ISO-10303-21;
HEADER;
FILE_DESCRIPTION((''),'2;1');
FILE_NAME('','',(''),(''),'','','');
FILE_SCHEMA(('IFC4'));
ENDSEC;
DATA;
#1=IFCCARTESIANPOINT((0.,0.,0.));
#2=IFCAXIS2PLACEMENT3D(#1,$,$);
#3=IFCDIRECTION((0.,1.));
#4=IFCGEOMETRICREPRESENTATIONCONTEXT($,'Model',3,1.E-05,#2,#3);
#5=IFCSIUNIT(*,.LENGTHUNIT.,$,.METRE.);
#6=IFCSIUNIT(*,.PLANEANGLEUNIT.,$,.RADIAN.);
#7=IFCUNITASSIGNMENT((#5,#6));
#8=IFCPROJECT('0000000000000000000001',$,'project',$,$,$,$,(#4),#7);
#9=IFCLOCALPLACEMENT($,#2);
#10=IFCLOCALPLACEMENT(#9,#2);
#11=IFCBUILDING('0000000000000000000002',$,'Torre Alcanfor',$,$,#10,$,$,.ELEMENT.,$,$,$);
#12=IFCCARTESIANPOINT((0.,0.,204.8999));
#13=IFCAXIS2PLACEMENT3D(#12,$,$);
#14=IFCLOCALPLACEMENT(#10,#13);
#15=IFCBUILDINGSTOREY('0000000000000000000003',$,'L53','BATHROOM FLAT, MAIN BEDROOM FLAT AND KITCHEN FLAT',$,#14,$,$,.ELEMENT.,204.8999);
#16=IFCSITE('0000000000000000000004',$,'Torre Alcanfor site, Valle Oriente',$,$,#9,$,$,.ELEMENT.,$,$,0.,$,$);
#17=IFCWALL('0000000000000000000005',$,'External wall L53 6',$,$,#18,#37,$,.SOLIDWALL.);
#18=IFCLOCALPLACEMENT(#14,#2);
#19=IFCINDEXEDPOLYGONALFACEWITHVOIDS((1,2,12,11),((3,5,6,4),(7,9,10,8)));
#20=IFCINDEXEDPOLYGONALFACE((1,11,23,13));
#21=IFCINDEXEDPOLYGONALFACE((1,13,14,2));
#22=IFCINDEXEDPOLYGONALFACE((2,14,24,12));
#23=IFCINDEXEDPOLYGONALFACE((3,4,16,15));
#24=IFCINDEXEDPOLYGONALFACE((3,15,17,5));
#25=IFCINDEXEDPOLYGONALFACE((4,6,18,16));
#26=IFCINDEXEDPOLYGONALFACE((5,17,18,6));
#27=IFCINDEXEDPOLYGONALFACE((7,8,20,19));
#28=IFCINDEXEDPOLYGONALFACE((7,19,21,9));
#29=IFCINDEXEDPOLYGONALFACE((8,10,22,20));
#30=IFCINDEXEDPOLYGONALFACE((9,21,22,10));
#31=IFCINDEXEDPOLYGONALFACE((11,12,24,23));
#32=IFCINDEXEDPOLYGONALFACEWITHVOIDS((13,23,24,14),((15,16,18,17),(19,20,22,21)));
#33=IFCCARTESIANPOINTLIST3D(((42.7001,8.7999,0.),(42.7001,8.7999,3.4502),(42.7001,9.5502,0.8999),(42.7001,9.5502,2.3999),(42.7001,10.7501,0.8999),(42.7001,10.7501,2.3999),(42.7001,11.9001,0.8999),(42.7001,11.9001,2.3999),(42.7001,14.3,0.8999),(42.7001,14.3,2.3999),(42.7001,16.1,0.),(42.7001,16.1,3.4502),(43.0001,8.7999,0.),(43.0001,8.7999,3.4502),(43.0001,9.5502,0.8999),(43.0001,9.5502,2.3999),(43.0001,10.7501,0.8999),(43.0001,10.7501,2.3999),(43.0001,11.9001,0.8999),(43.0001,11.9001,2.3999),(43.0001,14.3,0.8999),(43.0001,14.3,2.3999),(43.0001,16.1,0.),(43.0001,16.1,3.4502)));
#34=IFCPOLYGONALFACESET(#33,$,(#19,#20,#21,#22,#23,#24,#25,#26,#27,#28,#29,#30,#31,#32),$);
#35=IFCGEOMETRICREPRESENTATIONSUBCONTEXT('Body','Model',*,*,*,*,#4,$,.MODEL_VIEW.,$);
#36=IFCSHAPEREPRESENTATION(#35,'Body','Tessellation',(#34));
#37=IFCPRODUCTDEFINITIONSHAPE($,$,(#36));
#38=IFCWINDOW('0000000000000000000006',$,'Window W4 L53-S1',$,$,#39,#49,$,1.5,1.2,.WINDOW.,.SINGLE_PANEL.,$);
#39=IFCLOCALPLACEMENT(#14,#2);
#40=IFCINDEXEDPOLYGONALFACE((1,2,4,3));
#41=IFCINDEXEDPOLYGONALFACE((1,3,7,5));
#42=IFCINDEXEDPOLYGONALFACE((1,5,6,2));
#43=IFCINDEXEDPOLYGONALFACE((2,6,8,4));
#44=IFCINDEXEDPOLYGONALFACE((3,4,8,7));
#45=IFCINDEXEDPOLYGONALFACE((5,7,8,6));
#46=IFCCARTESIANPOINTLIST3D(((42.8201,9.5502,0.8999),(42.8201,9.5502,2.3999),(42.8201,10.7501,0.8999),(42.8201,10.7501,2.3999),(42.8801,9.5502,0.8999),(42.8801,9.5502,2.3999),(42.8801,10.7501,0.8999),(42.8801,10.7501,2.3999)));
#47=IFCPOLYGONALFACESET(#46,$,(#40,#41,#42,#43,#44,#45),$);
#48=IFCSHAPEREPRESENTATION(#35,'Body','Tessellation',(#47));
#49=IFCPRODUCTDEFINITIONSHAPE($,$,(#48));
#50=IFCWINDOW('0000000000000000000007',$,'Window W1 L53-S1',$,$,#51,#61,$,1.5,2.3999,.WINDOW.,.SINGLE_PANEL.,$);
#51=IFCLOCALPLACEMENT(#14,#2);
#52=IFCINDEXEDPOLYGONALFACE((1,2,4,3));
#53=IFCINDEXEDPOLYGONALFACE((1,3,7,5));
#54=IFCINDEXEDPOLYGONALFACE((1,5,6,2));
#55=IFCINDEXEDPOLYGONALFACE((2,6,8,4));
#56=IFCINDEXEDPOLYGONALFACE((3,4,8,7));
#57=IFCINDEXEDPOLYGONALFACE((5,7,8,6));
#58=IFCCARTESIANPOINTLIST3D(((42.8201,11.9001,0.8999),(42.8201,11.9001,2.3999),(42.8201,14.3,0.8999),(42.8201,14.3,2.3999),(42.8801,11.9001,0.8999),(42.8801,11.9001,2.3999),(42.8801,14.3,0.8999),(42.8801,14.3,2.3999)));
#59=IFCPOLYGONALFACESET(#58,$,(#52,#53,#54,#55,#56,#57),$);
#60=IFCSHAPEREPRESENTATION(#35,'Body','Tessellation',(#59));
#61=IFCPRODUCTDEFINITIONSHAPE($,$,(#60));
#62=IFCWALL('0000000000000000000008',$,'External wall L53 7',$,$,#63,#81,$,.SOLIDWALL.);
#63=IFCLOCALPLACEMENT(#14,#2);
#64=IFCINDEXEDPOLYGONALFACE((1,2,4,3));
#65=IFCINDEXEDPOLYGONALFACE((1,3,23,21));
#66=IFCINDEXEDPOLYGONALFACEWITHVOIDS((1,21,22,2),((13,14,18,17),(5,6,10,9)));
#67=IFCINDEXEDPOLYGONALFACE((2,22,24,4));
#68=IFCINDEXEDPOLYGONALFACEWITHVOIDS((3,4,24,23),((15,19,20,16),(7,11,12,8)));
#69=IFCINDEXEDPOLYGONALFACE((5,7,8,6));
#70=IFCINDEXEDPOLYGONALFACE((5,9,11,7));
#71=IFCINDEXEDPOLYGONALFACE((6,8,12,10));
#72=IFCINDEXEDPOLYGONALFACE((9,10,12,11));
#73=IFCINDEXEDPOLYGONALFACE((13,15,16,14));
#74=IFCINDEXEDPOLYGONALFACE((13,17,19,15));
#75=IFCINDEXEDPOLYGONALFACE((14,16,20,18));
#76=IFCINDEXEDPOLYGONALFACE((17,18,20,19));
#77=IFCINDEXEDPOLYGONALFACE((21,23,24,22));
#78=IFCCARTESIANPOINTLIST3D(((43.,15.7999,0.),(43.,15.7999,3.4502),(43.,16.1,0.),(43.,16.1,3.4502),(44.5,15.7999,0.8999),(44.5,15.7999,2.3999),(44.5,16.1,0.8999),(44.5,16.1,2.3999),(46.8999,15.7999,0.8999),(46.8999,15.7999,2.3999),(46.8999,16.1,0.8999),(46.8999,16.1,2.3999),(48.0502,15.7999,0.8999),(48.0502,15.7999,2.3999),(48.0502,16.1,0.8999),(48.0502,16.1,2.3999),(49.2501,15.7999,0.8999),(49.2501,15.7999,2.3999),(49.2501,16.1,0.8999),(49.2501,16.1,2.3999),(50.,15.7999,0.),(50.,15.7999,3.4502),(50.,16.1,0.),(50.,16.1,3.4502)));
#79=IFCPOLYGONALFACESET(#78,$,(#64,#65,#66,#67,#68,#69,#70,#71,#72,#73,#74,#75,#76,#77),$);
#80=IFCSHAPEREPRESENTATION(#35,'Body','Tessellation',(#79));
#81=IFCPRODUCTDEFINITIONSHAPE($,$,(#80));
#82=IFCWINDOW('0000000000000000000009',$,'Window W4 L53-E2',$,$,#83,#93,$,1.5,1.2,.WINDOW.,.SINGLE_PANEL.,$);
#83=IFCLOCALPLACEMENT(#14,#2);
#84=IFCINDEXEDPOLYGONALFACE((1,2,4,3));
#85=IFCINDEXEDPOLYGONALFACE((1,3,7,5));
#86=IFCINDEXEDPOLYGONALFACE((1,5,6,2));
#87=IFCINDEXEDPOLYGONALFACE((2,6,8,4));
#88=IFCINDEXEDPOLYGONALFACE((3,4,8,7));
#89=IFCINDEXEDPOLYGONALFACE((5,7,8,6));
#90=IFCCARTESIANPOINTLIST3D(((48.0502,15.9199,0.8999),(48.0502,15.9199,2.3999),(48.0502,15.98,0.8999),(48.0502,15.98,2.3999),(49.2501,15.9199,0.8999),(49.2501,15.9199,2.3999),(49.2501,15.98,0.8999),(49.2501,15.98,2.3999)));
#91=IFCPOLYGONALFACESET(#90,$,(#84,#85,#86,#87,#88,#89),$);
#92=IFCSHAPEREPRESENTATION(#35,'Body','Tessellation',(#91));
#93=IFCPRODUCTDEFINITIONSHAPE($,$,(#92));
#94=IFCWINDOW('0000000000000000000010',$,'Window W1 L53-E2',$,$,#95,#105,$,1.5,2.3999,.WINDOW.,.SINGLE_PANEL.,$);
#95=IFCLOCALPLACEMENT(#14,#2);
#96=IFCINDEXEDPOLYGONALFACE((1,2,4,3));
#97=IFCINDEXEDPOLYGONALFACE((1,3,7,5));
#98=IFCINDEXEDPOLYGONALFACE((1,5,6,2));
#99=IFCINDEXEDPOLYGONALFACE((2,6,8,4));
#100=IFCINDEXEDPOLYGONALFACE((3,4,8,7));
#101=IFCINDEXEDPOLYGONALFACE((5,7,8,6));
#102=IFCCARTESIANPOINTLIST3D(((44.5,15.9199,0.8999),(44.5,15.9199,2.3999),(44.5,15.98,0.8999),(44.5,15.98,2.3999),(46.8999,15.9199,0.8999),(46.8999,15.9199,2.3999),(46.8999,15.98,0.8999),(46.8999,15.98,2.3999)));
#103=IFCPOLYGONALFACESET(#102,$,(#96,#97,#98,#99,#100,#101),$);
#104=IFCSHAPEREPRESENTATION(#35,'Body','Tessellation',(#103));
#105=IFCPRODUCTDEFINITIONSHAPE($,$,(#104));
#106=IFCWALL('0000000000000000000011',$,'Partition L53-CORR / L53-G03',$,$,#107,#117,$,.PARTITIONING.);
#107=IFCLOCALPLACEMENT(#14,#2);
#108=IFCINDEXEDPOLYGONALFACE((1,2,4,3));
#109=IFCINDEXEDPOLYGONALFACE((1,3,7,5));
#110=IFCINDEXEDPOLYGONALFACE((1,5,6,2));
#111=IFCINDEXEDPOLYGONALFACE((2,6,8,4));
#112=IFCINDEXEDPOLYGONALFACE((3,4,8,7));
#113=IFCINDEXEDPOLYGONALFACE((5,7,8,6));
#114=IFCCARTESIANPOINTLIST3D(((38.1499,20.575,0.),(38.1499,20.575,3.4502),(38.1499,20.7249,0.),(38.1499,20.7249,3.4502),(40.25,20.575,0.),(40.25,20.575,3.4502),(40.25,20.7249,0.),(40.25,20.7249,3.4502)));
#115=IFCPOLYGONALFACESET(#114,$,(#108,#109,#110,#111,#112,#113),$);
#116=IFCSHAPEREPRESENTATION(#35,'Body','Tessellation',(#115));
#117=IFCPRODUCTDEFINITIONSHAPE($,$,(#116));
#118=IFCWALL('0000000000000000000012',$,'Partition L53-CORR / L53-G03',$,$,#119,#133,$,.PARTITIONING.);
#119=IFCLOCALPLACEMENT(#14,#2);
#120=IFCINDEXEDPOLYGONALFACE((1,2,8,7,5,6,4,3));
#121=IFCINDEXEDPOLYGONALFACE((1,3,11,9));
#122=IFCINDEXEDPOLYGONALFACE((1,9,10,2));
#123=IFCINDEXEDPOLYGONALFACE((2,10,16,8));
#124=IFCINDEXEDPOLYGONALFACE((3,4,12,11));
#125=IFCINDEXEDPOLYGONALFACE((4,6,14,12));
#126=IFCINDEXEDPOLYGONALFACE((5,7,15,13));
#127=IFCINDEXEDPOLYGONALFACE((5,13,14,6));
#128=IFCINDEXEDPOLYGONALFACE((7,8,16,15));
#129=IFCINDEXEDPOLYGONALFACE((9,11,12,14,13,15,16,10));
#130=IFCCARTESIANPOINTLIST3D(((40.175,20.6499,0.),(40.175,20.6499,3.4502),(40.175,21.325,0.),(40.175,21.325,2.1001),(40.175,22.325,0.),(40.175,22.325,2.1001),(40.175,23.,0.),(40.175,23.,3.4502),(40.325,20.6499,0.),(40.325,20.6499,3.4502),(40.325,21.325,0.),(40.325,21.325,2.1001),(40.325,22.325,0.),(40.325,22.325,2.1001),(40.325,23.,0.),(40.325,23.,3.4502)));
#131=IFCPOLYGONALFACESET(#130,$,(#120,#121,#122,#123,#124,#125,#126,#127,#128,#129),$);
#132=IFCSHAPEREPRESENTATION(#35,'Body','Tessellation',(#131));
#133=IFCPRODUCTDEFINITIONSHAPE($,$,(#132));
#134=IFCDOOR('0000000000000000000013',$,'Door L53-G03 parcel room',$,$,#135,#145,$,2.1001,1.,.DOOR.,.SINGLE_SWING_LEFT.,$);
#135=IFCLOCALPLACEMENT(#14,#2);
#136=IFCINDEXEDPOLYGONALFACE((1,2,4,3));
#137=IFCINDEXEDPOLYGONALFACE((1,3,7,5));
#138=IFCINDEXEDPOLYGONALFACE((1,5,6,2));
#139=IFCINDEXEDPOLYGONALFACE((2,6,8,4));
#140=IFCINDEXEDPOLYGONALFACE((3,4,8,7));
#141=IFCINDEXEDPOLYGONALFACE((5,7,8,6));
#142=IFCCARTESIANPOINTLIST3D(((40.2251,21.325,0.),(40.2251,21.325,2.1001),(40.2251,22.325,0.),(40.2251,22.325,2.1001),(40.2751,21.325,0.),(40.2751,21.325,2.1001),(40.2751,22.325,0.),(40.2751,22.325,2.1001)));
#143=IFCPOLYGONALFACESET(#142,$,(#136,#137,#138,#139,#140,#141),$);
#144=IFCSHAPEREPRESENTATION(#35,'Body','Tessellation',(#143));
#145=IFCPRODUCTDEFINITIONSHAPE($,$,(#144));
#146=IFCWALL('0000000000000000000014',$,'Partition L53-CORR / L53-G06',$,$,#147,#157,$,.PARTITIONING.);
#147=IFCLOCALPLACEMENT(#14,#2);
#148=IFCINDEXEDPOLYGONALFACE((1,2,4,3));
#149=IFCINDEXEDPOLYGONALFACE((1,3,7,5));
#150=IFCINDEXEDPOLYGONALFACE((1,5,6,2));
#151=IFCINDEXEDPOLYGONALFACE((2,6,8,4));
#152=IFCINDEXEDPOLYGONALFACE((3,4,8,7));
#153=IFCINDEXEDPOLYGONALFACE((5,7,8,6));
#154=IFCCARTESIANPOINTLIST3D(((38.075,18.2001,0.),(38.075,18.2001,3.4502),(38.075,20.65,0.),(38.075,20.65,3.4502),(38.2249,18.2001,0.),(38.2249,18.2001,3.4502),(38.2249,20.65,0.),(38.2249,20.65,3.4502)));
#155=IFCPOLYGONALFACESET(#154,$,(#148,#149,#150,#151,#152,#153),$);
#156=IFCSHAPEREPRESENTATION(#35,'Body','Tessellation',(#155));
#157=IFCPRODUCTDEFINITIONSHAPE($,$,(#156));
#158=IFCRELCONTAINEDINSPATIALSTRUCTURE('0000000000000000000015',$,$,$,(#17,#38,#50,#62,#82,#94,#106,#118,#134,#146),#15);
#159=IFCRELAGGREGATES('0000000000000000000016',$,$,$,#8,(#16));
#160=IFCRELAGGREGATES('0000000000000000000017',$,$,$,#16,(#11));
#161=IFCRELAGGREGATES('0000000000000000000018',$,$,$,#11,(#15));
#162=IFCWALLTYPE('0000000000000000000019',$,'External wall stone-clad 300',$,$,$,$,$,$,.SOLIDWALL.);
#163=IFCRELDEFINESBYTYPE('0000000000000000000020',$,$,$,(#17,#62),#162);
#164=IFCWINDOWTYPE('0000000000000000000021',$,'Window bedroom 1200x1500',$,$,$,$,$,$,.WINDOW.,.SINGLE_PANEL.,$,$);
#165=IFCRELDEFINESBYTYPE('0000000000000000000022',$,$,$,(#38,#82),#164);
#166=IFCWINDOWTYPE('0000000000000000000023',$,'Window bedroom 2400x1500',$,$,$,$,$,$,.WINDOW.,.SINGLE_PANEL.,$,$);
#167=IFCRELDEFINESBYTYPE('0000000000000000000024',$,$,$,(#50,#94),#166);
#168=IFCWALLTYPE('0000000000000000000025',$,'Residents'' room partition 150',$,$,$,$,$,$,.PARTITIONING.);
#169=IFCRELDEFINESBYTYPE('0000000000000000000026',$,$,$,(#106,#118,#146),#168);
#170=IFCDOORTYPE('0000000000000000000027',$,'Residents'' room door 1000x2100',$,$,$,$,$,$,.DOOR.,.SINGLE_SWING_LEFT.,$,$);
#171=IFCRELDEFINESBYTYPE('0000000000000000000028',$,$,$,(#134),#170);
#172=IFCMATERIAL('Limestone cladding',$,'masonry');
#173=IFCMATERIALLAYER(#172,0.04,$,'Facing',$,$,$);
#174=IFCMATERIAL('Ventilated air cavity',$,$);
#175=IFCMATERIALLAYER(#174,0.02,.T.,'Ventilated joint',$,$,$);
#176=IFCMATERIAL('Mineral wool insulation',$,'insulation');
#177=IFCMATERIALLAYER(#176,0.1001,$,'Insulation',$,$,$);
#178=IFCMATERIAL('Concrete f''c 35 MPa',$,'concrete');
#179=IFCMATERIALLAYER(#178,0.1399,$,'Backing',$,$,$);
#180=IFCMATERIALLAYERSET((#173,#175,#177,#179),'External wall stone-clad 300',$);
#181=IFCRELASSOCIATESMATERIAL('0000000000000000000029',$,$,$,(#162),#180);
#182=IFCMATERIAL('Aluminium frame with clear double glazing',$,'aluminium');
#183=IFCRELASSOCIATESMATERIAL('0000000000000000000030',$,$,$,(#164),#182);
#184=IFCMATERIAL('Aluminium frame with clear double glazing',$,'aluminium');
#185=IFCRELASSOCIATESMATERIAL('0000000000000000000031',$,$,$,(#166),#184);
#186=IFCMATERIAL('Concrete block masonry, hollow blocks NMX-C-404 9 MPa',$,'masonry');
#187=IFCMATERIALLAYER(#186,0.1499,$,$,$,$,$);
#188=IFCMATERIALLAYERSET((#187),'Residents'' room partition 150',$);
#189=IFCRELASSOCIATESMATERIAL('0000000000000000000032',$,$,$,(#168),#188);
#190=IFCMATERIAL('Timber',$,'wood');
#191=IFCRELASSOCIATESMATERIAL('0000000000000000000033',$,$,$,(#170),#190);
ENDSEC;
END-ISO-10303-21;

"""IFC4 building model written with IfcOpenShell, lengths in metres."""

from ifc_helpers import new_model, si_unit, direction, frame, frame_2d, origin, place, context, subcontext, project, spatial, rectangle, extrude, material, layer, layer_set, type_object, element, fill, save


model = new_model("IFC4")

# Units and contexts
model_context = context("Model", 3, precision=1e-05, world=origin(), true_north=direction((0.0, 1.0)))
body_context = subcontext(model_context, "Body", "Model", "MODEL_VIEW")
ifc_project = project(units=[si_unit("LENGTHUNIT", "METRE"), si_unit("PLANEANGLEUNIT", "RADIAN")], contexts=[model_context])

# Site, building, storey
site_placement = place(None, origin())
site = spatial("IfcSite", under=ifc_project, at=site_placement, Name="Torre Alcanfor site, Valle Oriente", CompositionType="ELEMENT", RefElevation=0.0)
building_placement = place(site_placement, origin())
building = spatial("IfcBuilding", under=site, at=building_placement, Name="Torre Alcanfor", CompositionType="ELEMENT")
storey_placement = place(building_placement, frame((0.0, 0.0, 204.8999)))
storey = spatial("IfcBuildingStorey", under=building, at=storey_placement, Name="L53", Description="BATHROOM FLAT, MAIN BEDROOM FLAT AND KITCHEN FLAT", CompositionType="ELEMENT", Elevation=204.8999)

# Walls, openings, windows
ifc_material_1 = material(Name="Limestone cladding", Category="masonry")
ifc_layer_1 = layer(ifc_material_1, 0.04, Name="Facing")
ifc_material_2 = material(Name="Ventilated air cavity")
ifc_layer_2 = layer(ifc_material_2, 0.02, ventilated=True, Name="Ventilated joint")
ifc_material_3 = material(Name="Mineral wool insulation", Category="insulation")
ifc_layer_3 = layer(ifc_material_3, 0.1001, Name="Insulation")
ifc_material_4 = material(Name="Concrete f'c 35 MPa", Category="concrete")
ifc_layer_4 = layer(ifc_material_4, 0.1399, Name="Backing")
ifc_layer_set_1 = layer_set([ifc_layer_1, ifc_layer_2, ifc_layer_3, ifc_layer_4], Name="External wall stone-clad 300")
wall_type_1 = type_object("IfcWallType", Name="External wall stone-clad 300", PredefinedType="SOLIDWALL", material=ifc_layer_set_1)
wall_1_placement = place(storey_placement, frame((42.8501, 8.8, 0.0), z_axis=(0.0, 0.0, 1.0), x_axis=(0.0, 1.0, 0.0)))
wall_1 = element("IfcWall", 1, at=wall_1_placement, inside=storey, type_object=wall_type_1, Name="External wall L53 6", PredefinedType="SOLIDWALL", context=body_context, shape_type="SweptSolid", body=[
    extrude(rectangle(XDim=7.3, YDim=0.3, at=frame_2d((3.6499, 0.0))), origin(), (0.0, 0.0, 1.0), 3.4502),
])
opening_1_placement = place(wall_1_placement, frame((3.1001, 0.0, 0.8999)))
opening_1 = element("IfcOpeningElement", 2, at=opening_1_placement, cuts=wall_1, PredefinedType="OPENING", context=body_context, shape_type="SweptSolid", body=[
    extrude(rectangle(XDim=2.3999, YDim=1.5, at=frame_2d((1.2, 0.75))), frame((0.0, 0.1599, 0.0), z_axis=(0.0, -1.0, 0.0), x_axis=(1.0, 0.0, 0.0)), (0.0, 0.0, 1.0), 0.3201),
])
opening_2_placement = place(wall_1_placement, frame((0.75, 0.0, 0.8999)))
opening_2 = element("IfcOpeningElement", 3, at=opening_2_placement, cuts=wall_1, PredefinedType="OPENING", context=body_context, shape_type="SweptSolid", body=[
    extrude(rectangle(XDim=1.2, YDim=1.5, at=frame_2d((0.6001, 0.75))), frame((0.0, 0.1599, 0.0), z_axis=(0.0, -1.0, 0.0), x_axis=(1.0, 0.0, 0.0)), (0.0, 0.0, 1.0), 0.3201),
])
ifc_material_5 = material(Name="Aluminium frame with clear double glazing", Category="aluminium")
window_type_1 = type_object("IfcWindowType", Name="Window bedroom 1200x1500", PartitioningType="SINGLE_PANEL", PredefinedType="WINDOW", material=ifc_material_5)
window_1_placement = place(opening_2_placement, origin())
window_1 = element("IfcWindow", 4, at=window_1_placement, inside=storey, type_object=window_type_1, Name="Window W4 L53-S1", OverallHeight=1.5, OverallWidth=1.2, PartitioningType="SINGLE_PANEL", PredefinedType="WINDOW", context=body_context, shape_type="SweptSolid", body=[
    extrude(rectangle(XDim=1.2, YDim=1.5, at=frame_2d((0.6001, 0.75))), frame((0.0, 0.03, 0.0), z_axis=(0.0, -1.0, 0.0), x_axis=(1.0, 0.0, 0.0)), (0.0, 0.0, 1.0), 0.0601),
])
fill(opening_2, window_1)
ifc_material_6 = material(Name="Aluminium frame with clear double glazing", Category="aluminium")
window_type_2 = type_object("IfcWindowType", Name="Window bedroom 2400x1500", PartitioningType="SINGLE_PANEL", PredefinedType="WINDOW", material=ifc_material_6)
window_2_placement = place(opening_1_placement, origin())
window_2 = element("IfcWindow", 5, at=window_2_placement, inside=storey, type_object=window_type_2, Name="Window W1 L53-S1", OverallHeight=1.5, OverallWidth=2.3999, PartitioningType="SINGLE_PANEL", PredefinedType="WINDOW", context=body_context, shape_type="SweptSolid", body=[
    extrude(rectangle(XDim=2.3999, YDim=1.5, at=frame_2d((1.2, 0.75))), frame((0.0, 0.03, 0.0), z_axis=(0.0, -1.0, 0.0), x_axis=(1.0, 0.0, 0.0)), (0.0, 0.0, 1.0), 0.0601),
])
fill(opening_1, window_2)
wall_2_placement = place(storey_placement, frame((43.0, 15.95, 0.0), z_axis=(0.0, 0.0, 1.0), x_axis=(1.0, 0.0, 0.0)))
wall_2 = element("IfcWall", 6, at=wall_2_placement, inside=storey, type_object=wall_type_1, Name="External wall L53 7", PredefinedType="SOLIDWALL", context=body_context, shape_type="SweptSolid", body=[
    extrude(rectangle(XDim=7.0, YDim=0.3, at=frame_2d((3.5, 0.0))), origin(), (0.0, 0.0, 1.0), 3.4502),
])
opening_3_placement = place(wall_2_placement, frame((1.5, 0.0, 0.8999)))
opening_3 = element("IfcOpeningElement", 7, at=opening_3_placement, cuts=wall_2, PredefinedType="OPENING", context=body_context, shape_type="SweptSolid", body=[
    extrude(rectangle(XDim=2.3999, YDim=1.5, at=frame_2d((1.2, 0.75))), frame((0.0, 0.1599, 0.0), z_axis=(0.0, -1.0, 0.0), x_axis=(1.0, 0.0, 0.0)), (0.0, 0.0, 1.0), 0.3201),
])
opening_4_placement = place(wall_2_placement, frame((5.05, 0.0, 0.8999)))
opening_4 = element("IfcOpeningElement", 8, at=opening_4_placement, cuts=wall_2, PredefinedType="OPENING", context=body_context, shape_type="SweptSolid", body=[
    extrude(rectangle(XDim=1.2, YDim=1.5, at=frame_2d((0.6001, 0.75))), frame((0.0, 0.1599, 0.0), z_axis=(0.0, -1.0, 0.0), x_axis=(1.0, 0.0, 0.0)), (0.0, 0.0, 1.0), 0.3201),
])
window_3_placement = place(opening_4_placement, origin())
window_3 = element("IfcWindow", 9, at=window_3_placement, inside=storey, type_object=window_type_1, Name="Window W4 L53-E2", OverallHeight=1.5, OverallWidth=1.2, PartitioningType="SINGLE_PANEL", PredefinedType="WINDOW", context=body_context, shape_type="SweptSolid", body=[
    extrude(rectangle(XDim=1.2, YDim=1.5, at=frame_2d((0.6001, 0.75))), frame((0.0, 0.03, 0.0), z_axis=(0.0, -1.0, 0.0), x_axis=(1.0, 0.0, 0.0)), (0.0, 0.0, 1.0), 0.0601),
])
fill(opening_4, window_3)
window_4_placement = place(opening_3_placement, origin())
window_4 = element("IfcWindow", 10, at=window_4_placement, inside=storey, type_object=window_type_2, Name="Window W1 L53-E2", OverallHeight=1.5, OverallWidth=2.3999, PartitioningType="SINGLE_PANEL", PredefinedType="WINDOW", context=body_context, shape_type="SweptSolid", body=[
    extrude(rectangle(XDim=2.3999, YDim=1.5, at=frame_2d((1.2, 0.75))), frame((0.0, 0.03, 0.0), z_axis=(0.0, -1.0, 0.0), x_axis=(1.0, 0.0, 0.0)), (0.0, 0.0, 1.0), 0.0601),
])
fill(opening_3, window_4)

# Wall
ifc_material_7 = material(Name="Concrete block masonry, hollow blocks NMX-C-404 9 MPa", Category="masonry")
ifc_layer_5 = layer(ifc_material_7, 0.1499)
ifc_layer_set_2 = layer_set([ifc_layer_5], Name="Residents' room partition 150")
wall_type_2 = type_object("IfcWallType", Name="Residents' room partition 150", PredefinedType="PARTITIONING", material=ifc_layer_set_2)
wall_3_placement = place(storey_placement, frame((38.1499, 20.6499, 0.0), z_axis=(0.0, 0.0, 1.0), x_axis=(1.0, 0.0, 0.0)))
element("IfcWall", 11, at=wall_3_placement, inside=storey, type_object=wall_type_2, Name="Partition L53-CORR / L53-G03", PredefinedType="PARTITIONING", context=body_context, shape_type="SweptSolid", body=[
    extrude(rectangle(XDim=2.1001, YDim=0.1499, at=frame_2d((1.05, 0.0))), origin(), (0.0, 0.0, 1.0), 3.4502),
])

# Wall, opening, door
wall_4_placement = place(storey_placement, frame((40.25, 20.6499, 0.0), z_axis=(0.0, 0.0, 1.0), x_axis=(0.0, 1.0, 0.0)))
wall_4 = element("IfcWall", 12, at=wall_4_placement, inside=storey, type_object=wall_type_2, Name="Partition L53-CORR / L53-G03", PredefinedType="PARTITIONING", context=body_context, shape_type="SweptSolid", body=[
    extrude(rectangle(XDim=2.3501, YDim=0.1499, at=frame_2d((1.175, 0.0))), origin(), (0.0, 0.0, 1.0), 3.4502),
])
opening_5_placement = place(wall_4_placement, frame((0.675, 0.0, 0.0)))
opening_5 = element("IfcOpeningElement", 13, at=opening_5_placement, cuts=wall_4, PredefinedType="OPENING", context=body_context, shape_type="SweptSolid", body=[
    extrude(rectangle(XDim=1.0, YDim=2.1001, at=frame_2d((0.5, 1.05))), frame((0.0, 0.085, 0.0), z_axis=(0.0, -1.0, 0.0), x_axis=(1.0, 0.0, 0.0)), (0.0, 0.0, 1.0), 0.1699),
])
ifc_material_8 = material(Name="Timber", Category="wood")
door_type = type_object("IfcDoorType", Name="Residents' room door 1000x2100", OperationType="SINGLE_SWING_LEFT", PredefinedType="DOOR", material=ifc_material_8)
door_placement = place(opening_5_placement, origin())
door = element("IfcDoor", 14, at=door_placement, inside=storey, type_object=door_type, Name="Door L53-G03 parcel room", OperationType="SINGLE_SWING_LEFT", OverallHeight=2.1001, OverallWidth=1.0, PredefinedType="DOOR", context=body_context, shape_type="SweptSolid", body=[
    extrude(rectangle(XDim=1.0, YDim=2.1001, at=frame_2d((0.5, 1.05))), frame((0.0, 0.0249, 0.0), z_axis=(0.0, -1.0, 0.0), x_axis=(1.0, 0.0, 0.0)), (0.0, 0.0, 1.0), 0.05),
])
fill(opening_5, door)

# Wall
wall_5_placement = place(storey_placement, frame((38.1499, 18.2, 0.0), z_axis=(0.0, 0.0, 1.0), x_axis=(0.0, 1.0, 0.0)))
element("IfcWall", 15, at=wall_5_placement, inside=storey, type_object=wall_type_2, Name="Partition L53-CORR / L53-G06", PredefinedType="PARTITIONING", context=body_context, shape_type="SweptSolid", body=[
    extrude(rectangle(XDim=2.45, YDim=0.1499, at=frame_2d((1.2251, 0.0))), origin(), (0.0, 0.0, 1.0), 3.4502),
])

save(model, "model.ifc")
